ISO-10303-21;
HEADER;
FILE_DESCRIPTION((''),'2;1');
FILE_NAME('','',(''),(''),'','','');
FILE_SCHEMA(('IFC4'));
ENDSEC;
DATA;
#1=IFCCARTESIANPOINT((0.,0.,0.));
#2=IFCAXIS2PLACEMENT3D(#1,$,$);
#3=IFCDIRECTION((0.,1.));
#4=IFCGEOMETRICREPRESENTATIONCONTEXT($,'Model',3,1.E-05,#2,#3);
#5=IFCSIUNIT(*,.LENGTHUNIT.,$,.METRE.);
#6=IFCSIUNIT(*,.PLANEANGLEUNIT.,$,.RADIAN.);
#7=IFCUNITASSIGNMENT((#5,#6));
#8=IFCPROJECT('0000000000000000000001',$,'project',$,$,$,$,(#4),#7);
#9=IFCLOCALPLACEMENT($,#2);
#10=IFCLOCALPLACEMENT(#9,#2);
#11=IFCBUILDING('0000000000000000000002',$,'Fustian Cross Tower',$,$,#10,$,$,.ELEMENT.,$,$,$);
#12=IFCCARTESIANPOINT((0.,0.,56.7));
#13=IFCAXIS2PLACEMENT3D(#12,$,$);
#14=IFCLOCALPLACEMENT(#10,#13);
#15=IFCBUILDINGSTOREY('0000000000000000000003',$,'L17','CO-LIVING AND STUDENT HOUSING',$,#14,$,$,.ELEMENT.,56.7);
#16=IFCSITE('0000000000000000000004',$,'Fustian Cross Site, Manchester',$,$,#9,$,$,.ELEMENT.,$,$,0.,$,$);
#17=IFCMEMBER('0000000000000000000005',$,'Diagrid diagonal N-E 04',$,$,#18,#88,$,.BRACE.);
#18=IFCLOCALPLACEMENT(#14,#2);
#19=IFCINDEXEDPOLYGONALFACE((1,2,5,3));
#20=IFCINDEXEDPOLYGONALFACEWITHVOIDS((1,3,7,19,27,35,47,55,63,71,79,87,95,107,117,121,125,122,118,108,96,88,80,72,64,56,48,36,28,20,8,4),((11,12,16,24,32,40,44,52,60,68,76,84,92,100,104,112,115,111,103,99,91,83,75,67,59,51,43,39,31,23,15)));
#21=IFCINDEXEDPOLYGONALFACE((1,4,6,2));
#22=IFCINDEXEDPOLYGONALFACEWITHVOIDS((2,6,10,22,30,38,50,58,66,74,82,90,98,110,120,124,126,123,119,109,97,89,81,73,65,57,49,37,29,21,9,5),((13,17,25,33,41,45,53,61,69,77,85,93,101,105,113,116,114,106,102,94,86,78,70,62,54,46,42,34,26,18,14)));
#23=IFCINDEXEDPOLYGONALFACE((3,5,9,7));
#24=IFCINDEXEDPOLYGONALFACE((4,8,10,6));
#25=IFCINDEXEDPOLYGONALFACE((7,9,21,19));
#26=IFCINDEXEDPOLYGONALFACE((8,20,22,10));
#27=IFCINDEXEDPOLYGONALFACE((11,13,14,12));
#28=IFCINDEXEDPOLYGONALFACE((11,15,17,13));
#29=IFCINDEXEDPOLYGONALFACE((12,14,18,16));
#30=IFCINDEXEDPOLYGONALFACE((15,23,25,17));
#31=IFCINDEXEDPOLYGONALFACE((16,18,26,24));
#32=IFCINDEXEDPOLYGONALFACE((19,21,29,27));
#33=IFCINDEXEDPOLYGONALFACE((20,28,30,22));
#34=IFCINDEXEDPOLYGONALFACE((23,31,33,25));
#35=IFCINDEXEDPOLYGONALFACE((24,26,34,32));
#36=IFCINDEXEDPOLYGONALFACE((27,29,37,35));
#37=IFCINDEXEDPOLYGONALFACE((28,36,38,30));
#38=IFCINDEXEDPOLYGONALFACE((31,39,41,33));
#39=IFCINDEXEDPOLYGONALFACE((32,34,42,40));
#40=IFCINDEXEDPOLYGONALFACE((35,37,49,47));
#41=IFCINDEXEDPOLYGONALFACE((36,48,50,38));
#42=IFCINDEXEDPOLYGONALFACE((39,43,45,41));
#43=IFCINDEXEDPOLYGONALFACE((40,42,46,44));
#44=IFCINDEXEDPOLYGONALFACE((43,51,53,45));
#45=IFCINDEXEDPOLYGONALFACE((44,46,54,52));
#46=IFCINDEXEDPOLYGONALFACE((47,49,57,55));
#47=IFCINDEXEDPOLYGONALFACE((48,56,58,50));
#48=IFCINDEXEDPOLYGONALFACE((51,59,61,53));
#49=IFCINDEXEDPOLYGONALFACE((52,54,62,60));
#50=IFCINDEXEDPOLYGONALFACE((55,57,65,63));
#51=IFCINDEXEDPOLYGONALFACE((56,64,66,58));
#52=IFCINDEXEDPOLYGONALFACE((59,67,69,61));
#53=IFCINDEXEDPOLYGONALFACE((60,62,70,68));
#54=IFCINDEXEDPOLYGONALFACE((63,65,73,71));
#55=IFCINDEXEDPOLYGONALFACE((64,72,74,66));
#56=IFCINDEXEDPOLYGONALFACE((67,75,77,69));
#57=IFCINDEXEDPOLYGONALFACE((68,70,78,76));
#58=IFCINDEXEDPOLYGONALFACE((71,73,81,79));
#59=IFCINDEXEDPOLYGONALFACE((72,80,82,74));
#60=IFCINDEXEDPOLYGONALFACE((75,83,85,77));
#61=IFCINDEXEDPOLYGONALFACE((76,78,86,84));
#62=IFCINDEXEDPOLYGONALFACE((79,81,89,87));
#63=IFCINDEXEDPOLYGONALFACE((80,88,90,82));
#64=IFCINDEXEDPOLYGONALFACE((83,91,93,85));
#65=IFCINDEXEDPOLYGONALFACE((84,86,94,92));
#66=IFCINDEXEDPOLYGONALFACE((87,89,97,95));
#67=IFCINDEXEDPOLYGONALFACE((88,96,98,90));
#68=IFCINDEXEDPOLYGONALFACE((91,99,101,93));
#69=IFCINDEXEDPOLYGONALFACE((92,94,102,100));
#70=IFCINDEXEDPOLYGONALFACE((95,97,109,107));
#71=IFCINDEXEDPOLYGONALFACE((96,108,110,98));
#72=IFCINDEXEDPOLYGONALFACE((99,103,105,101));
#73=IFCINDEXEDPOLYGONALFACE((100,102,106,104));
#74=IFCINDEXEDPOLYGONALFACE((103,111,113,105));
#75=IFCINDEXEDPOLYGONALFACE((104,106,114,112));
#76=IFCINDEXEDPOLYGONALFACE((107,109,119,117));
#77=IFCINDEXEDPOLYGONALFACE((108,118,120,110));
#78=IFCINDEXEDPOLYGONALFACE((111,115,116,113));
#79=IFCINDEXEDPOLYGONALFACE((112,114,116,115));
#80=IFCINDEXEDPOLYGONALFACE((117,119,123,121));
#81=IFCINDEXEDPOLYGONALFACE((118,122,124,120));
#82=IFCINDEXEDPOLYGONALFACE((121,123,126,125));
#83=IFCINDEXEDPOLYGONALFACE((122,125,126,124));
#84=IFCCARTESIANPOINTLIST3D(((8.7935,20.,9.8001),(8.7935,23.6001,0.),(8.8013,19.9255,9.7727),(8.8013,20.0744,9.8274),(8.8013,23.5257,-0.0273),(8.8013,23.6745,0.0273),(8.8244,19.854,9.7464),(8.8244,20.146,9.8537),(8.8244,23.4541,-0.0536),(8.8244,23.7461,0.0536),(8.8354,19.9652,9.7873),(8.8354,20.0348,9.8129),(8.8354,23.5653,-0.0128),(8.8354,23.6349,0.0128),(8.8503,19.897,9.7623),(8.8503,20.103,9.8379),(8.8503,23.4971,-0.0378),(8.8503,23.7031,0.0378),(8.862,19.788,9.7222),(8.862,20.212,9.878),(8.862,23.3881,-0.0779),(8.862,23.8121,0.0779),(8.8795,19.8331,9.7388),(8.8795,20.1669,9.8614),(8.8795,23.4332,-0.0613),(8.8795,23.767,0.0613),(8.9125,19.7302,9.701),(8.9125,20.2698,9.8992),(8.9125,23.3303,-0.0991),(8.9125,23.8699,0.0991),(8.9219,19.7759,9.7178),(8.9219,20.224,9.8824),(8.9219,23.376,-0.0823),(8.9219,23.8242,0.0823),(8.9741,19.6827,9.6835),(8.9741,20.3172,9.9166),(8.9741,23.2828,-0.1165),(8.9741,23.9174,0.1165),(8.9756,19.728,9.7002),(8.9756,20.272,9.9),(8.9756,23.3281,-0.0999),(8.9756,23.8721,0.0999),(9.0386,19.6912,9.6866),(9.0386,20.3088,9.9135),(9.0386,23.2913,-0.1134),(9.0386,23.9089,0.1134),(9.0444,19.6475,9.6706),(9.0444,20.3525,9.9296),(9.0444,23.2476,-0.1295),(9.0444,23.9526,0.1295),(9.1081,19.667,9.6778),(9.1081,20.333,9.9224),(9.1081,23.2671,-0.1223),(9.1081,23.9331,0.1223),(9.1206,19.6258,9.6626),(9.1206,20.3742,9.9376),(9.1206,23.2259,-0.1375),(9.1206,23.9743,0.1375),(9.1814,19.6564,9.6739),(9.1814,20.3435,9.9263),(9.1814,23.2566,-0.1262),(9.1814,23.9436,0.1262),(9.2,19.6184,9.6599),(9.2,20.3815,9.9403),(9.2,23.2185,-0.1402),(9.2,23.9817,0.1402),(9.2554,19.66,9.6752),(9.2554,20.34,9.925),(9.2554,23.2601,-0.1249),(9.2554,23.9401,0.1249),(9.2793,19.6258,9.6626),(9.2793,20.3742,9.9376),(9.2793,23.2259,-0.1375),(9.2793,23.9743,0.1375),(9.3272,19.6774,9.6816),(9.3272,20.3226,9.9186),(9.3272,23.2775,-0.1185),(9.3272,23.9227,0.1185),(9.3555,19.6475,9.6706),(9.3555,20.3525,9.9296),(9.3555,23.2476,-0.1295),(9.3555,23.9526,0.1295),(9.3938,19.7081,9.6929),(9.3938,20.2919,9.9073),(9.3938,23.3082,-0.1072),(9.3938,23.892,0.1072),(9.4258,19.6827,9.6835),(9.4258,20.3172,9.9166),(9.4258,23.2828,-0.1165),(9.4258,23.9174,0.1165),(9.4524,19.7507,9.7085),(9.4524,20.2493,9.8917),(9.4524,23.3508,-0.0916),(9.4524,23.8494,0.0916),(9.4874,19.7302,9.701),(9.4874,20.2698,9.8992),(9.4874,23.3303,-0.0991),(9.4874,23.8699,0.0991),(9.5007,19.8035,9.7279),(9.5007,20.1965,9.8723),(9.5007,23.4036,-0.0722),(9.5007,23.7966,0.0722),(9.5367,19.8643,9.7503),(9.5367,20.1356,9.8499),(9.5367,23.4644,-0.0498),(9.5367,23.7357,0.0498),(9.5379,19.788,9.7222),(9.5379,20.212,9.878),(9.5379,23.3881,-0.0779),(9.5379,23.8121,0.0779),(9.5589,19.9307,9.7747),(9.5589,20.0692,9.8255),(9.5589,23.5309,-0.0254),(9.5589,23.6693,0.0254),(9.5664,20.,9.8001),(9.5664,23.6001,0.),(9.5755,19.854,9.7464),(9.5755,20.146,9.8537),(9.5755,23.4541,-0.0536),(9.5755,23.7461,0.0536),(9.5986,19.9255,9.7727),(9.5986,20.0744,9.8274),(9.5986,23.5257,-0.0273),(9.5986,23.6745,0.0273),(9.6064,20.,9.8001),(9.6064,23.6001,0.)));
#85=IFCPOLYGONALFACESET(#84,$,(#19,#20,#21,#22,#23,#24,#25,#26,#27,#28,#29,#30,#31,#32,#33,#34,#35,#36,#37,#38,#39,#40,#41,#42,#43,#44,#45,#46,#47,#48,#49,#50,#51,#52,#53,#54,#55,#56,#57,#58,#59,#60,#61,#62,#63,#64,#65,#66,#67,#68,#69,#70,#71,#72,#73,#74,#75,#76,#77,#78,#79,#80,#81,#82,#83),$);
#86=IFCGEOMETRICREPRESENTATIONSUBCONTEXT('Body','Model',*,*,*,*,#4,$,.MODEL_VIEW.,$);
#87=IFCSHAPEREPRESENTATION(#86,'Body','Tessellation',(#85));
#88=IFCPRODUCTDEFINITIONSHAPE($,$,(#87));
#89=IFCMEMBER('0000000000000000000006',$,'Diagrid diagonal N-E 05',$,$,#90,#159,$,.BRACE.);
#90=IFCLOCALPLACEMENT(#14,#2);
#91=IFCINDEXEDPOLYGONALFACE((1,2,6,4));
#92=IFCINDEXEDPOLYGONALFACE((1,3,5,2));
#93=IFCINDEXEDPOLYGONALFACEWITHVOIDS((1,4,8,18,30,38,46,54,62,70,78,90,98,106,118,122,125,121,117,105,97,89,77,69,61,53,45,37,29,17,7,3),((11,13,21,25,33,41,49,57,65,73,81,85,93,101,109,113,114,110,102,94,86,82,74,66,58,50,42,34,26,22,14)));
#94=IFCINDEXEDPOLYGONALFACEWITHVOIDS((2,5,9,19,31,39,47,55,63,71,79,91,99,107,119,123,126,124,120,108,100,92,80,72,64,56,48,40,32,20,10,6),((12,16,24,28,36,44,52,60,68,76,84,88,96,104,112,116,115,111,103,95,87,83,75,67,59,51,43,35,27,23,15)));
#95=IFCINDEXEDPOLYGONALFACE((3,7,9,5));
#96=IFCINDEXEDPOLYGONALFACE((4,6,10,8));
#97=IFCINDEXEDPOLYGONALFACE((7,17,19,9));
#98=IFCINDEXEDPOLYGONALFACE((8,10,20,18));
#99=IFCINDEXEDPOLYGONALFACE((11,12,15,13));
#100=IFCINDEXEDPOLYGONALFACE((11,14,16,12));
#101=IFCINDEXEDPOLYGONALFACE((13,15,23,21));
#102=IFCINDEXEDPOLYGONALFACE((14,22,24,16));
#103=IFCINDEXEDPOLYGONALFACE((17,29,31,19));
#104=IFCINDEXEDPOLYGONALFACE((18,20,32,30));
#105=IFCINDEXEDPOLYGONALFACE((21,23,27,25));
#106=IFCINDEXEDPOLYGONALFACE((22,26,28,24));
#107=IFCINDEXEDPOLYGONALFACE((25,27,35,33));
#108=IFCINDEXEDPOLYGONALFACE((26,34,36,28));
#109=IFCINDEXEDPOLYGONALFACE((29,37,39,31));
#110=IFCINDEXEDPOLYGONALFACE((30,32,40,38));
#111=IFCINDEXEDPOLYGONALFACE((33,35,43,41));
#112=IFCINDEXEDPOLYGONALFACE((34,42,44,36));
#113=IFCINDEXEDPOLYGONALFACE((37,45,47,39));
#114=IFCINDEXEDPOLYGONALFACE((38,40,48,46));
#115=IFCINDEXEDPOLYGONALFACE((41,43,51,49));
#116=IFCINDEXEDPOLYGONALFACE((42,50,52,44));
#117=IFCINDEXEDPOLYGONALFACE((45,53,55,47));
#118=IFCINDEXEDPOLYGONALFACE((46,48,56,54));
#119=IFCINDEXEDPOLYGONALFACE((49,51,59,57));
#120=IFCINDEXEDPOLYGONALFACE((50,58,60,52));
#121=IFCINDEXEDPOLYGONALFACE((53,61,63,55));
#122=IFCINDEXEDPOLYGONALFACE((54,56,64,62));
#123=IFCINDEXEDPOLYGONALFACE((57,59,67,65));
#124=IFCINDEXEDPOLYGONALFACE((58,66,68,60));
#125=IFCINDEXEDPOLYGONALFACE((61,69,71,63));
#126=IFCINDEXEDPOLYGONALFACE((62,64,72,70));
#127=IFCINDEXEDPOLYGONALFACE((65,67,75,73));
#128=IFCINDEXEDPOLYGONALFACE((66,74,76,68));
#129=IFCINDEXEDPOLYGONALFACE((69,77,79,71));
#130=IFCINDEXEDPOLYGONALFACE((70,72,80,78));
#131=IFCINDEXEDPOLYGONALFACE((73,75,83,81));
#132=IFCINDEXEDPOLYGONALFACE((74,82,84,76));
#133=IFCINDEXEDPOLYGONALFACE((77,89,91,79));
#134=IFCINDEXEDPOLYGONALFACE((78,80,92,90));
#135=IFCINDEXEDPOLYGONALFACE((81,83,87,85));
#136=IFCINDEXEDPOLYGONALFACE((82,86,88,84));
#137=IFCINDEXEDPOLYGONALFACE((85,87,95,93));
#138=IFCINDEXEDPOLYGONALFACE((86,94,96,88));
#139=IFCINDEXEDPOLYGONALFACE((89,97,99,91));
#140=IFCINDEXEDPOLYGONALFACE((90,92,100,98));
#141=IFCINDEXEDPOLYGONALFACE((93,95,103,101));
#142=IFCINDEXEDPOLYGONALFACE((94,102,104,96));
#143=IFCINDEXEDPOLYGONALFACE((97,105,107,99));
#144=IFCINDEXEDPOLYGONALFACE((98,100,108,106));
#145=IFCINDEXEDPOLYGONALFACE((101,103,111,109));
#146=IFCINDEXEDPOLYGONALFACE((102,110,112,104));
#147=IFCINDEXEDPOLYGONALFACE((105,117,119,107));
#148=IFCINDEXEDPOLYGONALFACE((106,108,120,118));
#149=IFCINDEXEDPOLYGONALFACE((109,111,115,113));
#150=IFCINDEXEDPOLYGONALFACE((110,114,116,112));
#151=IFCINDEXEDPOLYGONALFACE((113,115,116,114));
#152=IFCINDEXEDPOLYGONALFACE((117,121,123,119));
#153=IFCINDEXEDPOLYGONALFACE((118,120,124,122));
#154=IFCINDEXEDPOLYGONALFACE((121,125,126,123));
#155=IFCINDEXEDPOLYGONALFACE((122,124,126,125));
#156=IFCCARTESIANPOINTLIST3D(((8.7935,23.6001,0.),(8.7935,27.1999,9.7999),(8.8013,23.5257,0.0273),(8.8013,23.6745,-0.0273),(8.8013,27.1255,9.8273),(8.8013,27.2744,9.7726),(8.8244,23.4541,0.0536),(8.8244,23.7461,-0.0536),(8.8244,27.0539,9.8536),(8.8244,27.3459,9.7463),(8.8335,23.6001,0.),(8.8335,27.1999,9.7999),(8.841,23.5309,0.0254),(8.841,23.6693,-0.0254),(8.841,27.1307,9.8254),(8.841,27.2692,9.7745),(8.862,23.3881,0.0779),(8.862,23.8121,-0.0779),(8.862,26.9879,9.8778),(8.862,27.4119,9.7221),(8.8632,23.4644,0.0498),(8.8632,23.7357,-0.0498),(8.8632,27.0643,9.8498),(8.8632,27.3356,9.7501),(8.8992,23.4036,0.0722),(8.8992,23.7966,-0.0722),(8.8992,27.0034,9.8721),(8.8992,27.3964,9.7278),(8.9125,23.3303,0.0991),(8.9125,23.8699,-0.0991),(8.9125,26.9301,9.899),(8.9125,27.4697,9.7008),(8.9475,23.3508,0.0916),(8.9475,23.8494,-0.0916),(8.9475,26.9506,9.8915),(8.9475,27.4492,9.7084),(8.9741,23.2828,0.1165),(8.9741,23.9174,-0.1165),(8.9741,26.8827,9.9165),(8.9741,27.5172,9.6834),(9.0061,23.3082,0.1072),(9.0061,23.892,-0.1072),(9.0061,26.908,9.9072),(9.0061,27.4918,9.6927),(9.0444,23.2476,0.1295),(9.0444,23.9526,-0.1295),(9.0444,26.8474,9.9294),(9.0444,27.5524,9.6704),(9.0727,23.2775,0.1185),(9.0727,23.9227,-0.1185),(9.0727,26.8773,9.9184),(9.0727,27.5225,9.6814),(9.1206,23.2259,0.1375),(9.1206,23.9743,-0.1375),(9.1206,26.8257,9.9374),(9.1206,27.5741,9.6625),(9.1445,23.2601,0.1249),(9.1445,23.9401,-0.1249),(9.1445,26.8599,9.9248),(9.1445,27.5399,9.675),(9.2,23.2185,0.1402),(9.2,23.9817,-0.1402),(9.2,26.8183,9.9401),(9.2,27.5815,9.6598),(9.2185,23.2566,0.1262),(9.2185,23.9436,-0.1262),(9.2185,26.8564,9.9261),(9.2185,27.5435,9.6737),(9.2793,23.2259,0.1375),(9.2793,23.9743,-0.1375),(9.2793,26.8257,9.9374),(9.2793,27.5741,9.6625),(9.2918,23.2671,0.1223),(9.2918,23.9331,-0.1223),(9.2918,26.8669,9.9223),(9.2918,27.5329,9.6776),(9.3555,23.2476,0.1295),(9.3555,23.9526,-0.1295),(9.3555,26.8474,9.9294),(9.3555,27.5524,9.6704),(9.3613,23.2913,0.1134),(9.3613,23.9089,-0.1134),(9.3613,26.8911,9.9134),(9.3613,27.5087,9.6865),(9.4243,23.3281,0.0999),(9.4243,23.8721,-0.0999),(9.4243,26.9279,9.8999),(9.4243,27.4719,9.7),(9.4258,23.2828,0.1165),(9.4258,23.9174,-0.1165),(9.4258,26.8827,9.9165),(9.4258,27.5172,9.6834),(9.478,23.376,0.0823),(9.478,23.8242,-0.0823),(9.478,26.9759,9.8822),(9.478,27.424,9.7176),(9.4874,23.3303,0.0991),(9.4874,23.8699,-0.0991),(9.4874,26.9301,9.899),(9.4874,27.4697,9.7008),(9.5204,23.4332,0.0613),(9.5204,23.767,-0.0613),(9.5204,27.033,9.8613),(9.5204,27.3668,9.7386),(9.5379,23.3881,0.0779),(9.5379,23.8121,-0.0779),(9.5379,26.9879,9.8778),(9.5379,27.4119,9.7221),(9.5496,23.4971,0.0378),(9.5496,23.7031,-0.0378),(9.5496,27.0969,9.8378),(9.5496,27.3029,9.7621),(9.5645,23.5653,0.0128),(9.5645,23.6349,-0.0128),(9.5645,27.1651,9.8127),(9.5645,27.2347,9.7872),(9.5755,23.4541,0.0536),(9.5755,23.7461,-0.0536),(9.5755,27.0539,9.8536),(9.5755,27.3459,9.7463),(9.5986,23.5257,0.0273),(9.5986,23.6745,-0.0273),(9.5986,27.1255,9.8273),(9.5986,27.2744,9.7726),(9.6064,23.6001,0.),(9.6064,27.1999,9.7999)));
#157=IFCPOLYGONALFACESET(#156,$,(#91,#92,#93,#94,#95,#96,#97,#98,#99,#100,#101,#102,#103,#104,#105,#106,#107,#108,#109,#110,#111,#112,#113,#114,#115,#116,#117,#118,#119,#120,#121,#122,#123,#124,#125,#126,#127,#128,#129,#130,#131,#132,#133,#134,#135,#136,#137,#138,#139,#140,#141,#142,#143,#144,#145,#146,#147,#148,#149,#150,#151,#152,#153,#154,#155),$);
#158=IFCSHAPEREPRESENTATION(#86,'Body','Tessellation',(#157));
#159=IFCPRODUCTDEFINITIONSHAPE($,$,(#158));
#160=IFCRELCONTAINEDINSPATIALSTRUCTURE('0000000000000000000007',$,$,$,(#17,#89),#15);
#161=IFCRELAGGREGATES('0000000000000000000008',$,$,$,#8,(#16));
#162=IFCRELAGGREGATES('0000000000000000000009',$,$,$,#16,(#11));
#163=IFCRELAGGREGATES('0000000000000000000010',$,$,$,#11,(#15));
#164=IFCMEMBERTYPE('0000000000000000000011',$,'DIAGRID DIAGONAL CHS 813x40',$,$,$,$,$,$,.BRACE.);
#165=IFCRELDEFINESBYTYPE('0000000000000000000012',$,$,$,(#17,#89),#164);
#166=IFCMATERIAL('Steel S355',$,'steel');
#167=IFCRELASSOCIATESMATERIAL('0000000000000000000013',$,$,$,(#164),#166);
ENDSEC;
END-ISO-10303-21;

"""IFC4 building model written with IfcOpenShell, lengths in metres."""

from ifc_helpers import new_model, si_unit, direction, frame, origin, origin_2d, place, context, subcontext, project, spatial, hollow_circle, extrude, material, material_profile, profile_set, type_object, element, save


model = new_model("IFC4")

# Units and contexts
model_context = context("Model", 3, precision=1e-05, world=origin(), true_north=direction((0.0, 1.0)))
body_context = subcontext(model_context, "Body", "Model", "MODEL_VIEW")
ifc_project = project(units=[si_unit("LENGTHUNIT", "METRE"), si_unit("PLANEANGLEUNIT", "RADIAN")], contexts=[model_context])

# Site, building, storey
site_placement = place(None, origin())
site = spatial("IfcSite", under=ifc_project, at=site_placement, Name="Fustian Cross Site, Manchester", CompositionType="ELEMENT", RefElevation=0.0)
building_placement = place(site_placement, origin())
building = spatial("IfcBuilding", under=site, at=building_placement, Name="Fustian Cross Tower", CompositionType="ELEMENT")
storey_placement = place(building_placement, frame((0.0, 0.0, 56.7)))
storey = spatial("IfcBuildingStorey", under=building, at=storey_placement, Name="L17", Description="CO-LIVING AND STUDENT HOUSING", CompositionType="ELEMENT", Elevation=56.7)

# Members
ifc_material_1 = material(Name="Steel S355", Category="steel")
ifc_material_profile_1 = material_profile(ifc_material_1, hollow_circle(Radius=0.4065, WallThickness=0.04, at=origin_2d()), Name="CHS 813x40")
ifc_profile_set_1 = profile_set([ifc_material_profile_1], Name="Steel S355")
member_type_1 = type_object("IfcMemberType", Name="DIAGRID DIAGONAL CHS 813x40", PredefinedType="BRACE", material=ifc_profile_set_1)
for number, where, z_axis, x_axis, name in (
    (1, (9.2, 23.6001, 0.0), (0.0, -0.344824, 0.938667), (1.0, 0.0, 0.0), "Diagrid diagonal N-E 04"),
):
    element("IfcMember", number, at=place(storey_placement, frame(where, z_axis=z_axis, x_axis=x_axis)), inside=storey, type_object=member_type_1, Name=name, PredefinedType="BRACE", context=body_context, shape_type="SweptSolid", body=[
        extrude(hollow_circle(Radius=0.4065, WallThickness=0.04, at=origin_2d()), origin(), (0.0, 0.0, 1.0), 10.4404),
    ])
member_1_placement = place(storey_placement, frame((9.2, 23.6001, 0.0), z_axis=(0.0, 0.344804, 0.938675), x_axis=(-1.0, 0.0, 0.0)))
element("IfcMember", 2, at=member_1_placement, inside=storey, type_object=member_type_1, Name="Diagrid diagonal N-E 05", PredefinedType="BRACE", context=body_context, shape_type="SweptSolid", body=[
    extrude(hollow_circle(Radius=0.4065, WallThickness=0.04, at=origin_2d()), origin(), (0.0, 0.0, 1.0), 10.4402),
])

save(model, "model.ifc")
